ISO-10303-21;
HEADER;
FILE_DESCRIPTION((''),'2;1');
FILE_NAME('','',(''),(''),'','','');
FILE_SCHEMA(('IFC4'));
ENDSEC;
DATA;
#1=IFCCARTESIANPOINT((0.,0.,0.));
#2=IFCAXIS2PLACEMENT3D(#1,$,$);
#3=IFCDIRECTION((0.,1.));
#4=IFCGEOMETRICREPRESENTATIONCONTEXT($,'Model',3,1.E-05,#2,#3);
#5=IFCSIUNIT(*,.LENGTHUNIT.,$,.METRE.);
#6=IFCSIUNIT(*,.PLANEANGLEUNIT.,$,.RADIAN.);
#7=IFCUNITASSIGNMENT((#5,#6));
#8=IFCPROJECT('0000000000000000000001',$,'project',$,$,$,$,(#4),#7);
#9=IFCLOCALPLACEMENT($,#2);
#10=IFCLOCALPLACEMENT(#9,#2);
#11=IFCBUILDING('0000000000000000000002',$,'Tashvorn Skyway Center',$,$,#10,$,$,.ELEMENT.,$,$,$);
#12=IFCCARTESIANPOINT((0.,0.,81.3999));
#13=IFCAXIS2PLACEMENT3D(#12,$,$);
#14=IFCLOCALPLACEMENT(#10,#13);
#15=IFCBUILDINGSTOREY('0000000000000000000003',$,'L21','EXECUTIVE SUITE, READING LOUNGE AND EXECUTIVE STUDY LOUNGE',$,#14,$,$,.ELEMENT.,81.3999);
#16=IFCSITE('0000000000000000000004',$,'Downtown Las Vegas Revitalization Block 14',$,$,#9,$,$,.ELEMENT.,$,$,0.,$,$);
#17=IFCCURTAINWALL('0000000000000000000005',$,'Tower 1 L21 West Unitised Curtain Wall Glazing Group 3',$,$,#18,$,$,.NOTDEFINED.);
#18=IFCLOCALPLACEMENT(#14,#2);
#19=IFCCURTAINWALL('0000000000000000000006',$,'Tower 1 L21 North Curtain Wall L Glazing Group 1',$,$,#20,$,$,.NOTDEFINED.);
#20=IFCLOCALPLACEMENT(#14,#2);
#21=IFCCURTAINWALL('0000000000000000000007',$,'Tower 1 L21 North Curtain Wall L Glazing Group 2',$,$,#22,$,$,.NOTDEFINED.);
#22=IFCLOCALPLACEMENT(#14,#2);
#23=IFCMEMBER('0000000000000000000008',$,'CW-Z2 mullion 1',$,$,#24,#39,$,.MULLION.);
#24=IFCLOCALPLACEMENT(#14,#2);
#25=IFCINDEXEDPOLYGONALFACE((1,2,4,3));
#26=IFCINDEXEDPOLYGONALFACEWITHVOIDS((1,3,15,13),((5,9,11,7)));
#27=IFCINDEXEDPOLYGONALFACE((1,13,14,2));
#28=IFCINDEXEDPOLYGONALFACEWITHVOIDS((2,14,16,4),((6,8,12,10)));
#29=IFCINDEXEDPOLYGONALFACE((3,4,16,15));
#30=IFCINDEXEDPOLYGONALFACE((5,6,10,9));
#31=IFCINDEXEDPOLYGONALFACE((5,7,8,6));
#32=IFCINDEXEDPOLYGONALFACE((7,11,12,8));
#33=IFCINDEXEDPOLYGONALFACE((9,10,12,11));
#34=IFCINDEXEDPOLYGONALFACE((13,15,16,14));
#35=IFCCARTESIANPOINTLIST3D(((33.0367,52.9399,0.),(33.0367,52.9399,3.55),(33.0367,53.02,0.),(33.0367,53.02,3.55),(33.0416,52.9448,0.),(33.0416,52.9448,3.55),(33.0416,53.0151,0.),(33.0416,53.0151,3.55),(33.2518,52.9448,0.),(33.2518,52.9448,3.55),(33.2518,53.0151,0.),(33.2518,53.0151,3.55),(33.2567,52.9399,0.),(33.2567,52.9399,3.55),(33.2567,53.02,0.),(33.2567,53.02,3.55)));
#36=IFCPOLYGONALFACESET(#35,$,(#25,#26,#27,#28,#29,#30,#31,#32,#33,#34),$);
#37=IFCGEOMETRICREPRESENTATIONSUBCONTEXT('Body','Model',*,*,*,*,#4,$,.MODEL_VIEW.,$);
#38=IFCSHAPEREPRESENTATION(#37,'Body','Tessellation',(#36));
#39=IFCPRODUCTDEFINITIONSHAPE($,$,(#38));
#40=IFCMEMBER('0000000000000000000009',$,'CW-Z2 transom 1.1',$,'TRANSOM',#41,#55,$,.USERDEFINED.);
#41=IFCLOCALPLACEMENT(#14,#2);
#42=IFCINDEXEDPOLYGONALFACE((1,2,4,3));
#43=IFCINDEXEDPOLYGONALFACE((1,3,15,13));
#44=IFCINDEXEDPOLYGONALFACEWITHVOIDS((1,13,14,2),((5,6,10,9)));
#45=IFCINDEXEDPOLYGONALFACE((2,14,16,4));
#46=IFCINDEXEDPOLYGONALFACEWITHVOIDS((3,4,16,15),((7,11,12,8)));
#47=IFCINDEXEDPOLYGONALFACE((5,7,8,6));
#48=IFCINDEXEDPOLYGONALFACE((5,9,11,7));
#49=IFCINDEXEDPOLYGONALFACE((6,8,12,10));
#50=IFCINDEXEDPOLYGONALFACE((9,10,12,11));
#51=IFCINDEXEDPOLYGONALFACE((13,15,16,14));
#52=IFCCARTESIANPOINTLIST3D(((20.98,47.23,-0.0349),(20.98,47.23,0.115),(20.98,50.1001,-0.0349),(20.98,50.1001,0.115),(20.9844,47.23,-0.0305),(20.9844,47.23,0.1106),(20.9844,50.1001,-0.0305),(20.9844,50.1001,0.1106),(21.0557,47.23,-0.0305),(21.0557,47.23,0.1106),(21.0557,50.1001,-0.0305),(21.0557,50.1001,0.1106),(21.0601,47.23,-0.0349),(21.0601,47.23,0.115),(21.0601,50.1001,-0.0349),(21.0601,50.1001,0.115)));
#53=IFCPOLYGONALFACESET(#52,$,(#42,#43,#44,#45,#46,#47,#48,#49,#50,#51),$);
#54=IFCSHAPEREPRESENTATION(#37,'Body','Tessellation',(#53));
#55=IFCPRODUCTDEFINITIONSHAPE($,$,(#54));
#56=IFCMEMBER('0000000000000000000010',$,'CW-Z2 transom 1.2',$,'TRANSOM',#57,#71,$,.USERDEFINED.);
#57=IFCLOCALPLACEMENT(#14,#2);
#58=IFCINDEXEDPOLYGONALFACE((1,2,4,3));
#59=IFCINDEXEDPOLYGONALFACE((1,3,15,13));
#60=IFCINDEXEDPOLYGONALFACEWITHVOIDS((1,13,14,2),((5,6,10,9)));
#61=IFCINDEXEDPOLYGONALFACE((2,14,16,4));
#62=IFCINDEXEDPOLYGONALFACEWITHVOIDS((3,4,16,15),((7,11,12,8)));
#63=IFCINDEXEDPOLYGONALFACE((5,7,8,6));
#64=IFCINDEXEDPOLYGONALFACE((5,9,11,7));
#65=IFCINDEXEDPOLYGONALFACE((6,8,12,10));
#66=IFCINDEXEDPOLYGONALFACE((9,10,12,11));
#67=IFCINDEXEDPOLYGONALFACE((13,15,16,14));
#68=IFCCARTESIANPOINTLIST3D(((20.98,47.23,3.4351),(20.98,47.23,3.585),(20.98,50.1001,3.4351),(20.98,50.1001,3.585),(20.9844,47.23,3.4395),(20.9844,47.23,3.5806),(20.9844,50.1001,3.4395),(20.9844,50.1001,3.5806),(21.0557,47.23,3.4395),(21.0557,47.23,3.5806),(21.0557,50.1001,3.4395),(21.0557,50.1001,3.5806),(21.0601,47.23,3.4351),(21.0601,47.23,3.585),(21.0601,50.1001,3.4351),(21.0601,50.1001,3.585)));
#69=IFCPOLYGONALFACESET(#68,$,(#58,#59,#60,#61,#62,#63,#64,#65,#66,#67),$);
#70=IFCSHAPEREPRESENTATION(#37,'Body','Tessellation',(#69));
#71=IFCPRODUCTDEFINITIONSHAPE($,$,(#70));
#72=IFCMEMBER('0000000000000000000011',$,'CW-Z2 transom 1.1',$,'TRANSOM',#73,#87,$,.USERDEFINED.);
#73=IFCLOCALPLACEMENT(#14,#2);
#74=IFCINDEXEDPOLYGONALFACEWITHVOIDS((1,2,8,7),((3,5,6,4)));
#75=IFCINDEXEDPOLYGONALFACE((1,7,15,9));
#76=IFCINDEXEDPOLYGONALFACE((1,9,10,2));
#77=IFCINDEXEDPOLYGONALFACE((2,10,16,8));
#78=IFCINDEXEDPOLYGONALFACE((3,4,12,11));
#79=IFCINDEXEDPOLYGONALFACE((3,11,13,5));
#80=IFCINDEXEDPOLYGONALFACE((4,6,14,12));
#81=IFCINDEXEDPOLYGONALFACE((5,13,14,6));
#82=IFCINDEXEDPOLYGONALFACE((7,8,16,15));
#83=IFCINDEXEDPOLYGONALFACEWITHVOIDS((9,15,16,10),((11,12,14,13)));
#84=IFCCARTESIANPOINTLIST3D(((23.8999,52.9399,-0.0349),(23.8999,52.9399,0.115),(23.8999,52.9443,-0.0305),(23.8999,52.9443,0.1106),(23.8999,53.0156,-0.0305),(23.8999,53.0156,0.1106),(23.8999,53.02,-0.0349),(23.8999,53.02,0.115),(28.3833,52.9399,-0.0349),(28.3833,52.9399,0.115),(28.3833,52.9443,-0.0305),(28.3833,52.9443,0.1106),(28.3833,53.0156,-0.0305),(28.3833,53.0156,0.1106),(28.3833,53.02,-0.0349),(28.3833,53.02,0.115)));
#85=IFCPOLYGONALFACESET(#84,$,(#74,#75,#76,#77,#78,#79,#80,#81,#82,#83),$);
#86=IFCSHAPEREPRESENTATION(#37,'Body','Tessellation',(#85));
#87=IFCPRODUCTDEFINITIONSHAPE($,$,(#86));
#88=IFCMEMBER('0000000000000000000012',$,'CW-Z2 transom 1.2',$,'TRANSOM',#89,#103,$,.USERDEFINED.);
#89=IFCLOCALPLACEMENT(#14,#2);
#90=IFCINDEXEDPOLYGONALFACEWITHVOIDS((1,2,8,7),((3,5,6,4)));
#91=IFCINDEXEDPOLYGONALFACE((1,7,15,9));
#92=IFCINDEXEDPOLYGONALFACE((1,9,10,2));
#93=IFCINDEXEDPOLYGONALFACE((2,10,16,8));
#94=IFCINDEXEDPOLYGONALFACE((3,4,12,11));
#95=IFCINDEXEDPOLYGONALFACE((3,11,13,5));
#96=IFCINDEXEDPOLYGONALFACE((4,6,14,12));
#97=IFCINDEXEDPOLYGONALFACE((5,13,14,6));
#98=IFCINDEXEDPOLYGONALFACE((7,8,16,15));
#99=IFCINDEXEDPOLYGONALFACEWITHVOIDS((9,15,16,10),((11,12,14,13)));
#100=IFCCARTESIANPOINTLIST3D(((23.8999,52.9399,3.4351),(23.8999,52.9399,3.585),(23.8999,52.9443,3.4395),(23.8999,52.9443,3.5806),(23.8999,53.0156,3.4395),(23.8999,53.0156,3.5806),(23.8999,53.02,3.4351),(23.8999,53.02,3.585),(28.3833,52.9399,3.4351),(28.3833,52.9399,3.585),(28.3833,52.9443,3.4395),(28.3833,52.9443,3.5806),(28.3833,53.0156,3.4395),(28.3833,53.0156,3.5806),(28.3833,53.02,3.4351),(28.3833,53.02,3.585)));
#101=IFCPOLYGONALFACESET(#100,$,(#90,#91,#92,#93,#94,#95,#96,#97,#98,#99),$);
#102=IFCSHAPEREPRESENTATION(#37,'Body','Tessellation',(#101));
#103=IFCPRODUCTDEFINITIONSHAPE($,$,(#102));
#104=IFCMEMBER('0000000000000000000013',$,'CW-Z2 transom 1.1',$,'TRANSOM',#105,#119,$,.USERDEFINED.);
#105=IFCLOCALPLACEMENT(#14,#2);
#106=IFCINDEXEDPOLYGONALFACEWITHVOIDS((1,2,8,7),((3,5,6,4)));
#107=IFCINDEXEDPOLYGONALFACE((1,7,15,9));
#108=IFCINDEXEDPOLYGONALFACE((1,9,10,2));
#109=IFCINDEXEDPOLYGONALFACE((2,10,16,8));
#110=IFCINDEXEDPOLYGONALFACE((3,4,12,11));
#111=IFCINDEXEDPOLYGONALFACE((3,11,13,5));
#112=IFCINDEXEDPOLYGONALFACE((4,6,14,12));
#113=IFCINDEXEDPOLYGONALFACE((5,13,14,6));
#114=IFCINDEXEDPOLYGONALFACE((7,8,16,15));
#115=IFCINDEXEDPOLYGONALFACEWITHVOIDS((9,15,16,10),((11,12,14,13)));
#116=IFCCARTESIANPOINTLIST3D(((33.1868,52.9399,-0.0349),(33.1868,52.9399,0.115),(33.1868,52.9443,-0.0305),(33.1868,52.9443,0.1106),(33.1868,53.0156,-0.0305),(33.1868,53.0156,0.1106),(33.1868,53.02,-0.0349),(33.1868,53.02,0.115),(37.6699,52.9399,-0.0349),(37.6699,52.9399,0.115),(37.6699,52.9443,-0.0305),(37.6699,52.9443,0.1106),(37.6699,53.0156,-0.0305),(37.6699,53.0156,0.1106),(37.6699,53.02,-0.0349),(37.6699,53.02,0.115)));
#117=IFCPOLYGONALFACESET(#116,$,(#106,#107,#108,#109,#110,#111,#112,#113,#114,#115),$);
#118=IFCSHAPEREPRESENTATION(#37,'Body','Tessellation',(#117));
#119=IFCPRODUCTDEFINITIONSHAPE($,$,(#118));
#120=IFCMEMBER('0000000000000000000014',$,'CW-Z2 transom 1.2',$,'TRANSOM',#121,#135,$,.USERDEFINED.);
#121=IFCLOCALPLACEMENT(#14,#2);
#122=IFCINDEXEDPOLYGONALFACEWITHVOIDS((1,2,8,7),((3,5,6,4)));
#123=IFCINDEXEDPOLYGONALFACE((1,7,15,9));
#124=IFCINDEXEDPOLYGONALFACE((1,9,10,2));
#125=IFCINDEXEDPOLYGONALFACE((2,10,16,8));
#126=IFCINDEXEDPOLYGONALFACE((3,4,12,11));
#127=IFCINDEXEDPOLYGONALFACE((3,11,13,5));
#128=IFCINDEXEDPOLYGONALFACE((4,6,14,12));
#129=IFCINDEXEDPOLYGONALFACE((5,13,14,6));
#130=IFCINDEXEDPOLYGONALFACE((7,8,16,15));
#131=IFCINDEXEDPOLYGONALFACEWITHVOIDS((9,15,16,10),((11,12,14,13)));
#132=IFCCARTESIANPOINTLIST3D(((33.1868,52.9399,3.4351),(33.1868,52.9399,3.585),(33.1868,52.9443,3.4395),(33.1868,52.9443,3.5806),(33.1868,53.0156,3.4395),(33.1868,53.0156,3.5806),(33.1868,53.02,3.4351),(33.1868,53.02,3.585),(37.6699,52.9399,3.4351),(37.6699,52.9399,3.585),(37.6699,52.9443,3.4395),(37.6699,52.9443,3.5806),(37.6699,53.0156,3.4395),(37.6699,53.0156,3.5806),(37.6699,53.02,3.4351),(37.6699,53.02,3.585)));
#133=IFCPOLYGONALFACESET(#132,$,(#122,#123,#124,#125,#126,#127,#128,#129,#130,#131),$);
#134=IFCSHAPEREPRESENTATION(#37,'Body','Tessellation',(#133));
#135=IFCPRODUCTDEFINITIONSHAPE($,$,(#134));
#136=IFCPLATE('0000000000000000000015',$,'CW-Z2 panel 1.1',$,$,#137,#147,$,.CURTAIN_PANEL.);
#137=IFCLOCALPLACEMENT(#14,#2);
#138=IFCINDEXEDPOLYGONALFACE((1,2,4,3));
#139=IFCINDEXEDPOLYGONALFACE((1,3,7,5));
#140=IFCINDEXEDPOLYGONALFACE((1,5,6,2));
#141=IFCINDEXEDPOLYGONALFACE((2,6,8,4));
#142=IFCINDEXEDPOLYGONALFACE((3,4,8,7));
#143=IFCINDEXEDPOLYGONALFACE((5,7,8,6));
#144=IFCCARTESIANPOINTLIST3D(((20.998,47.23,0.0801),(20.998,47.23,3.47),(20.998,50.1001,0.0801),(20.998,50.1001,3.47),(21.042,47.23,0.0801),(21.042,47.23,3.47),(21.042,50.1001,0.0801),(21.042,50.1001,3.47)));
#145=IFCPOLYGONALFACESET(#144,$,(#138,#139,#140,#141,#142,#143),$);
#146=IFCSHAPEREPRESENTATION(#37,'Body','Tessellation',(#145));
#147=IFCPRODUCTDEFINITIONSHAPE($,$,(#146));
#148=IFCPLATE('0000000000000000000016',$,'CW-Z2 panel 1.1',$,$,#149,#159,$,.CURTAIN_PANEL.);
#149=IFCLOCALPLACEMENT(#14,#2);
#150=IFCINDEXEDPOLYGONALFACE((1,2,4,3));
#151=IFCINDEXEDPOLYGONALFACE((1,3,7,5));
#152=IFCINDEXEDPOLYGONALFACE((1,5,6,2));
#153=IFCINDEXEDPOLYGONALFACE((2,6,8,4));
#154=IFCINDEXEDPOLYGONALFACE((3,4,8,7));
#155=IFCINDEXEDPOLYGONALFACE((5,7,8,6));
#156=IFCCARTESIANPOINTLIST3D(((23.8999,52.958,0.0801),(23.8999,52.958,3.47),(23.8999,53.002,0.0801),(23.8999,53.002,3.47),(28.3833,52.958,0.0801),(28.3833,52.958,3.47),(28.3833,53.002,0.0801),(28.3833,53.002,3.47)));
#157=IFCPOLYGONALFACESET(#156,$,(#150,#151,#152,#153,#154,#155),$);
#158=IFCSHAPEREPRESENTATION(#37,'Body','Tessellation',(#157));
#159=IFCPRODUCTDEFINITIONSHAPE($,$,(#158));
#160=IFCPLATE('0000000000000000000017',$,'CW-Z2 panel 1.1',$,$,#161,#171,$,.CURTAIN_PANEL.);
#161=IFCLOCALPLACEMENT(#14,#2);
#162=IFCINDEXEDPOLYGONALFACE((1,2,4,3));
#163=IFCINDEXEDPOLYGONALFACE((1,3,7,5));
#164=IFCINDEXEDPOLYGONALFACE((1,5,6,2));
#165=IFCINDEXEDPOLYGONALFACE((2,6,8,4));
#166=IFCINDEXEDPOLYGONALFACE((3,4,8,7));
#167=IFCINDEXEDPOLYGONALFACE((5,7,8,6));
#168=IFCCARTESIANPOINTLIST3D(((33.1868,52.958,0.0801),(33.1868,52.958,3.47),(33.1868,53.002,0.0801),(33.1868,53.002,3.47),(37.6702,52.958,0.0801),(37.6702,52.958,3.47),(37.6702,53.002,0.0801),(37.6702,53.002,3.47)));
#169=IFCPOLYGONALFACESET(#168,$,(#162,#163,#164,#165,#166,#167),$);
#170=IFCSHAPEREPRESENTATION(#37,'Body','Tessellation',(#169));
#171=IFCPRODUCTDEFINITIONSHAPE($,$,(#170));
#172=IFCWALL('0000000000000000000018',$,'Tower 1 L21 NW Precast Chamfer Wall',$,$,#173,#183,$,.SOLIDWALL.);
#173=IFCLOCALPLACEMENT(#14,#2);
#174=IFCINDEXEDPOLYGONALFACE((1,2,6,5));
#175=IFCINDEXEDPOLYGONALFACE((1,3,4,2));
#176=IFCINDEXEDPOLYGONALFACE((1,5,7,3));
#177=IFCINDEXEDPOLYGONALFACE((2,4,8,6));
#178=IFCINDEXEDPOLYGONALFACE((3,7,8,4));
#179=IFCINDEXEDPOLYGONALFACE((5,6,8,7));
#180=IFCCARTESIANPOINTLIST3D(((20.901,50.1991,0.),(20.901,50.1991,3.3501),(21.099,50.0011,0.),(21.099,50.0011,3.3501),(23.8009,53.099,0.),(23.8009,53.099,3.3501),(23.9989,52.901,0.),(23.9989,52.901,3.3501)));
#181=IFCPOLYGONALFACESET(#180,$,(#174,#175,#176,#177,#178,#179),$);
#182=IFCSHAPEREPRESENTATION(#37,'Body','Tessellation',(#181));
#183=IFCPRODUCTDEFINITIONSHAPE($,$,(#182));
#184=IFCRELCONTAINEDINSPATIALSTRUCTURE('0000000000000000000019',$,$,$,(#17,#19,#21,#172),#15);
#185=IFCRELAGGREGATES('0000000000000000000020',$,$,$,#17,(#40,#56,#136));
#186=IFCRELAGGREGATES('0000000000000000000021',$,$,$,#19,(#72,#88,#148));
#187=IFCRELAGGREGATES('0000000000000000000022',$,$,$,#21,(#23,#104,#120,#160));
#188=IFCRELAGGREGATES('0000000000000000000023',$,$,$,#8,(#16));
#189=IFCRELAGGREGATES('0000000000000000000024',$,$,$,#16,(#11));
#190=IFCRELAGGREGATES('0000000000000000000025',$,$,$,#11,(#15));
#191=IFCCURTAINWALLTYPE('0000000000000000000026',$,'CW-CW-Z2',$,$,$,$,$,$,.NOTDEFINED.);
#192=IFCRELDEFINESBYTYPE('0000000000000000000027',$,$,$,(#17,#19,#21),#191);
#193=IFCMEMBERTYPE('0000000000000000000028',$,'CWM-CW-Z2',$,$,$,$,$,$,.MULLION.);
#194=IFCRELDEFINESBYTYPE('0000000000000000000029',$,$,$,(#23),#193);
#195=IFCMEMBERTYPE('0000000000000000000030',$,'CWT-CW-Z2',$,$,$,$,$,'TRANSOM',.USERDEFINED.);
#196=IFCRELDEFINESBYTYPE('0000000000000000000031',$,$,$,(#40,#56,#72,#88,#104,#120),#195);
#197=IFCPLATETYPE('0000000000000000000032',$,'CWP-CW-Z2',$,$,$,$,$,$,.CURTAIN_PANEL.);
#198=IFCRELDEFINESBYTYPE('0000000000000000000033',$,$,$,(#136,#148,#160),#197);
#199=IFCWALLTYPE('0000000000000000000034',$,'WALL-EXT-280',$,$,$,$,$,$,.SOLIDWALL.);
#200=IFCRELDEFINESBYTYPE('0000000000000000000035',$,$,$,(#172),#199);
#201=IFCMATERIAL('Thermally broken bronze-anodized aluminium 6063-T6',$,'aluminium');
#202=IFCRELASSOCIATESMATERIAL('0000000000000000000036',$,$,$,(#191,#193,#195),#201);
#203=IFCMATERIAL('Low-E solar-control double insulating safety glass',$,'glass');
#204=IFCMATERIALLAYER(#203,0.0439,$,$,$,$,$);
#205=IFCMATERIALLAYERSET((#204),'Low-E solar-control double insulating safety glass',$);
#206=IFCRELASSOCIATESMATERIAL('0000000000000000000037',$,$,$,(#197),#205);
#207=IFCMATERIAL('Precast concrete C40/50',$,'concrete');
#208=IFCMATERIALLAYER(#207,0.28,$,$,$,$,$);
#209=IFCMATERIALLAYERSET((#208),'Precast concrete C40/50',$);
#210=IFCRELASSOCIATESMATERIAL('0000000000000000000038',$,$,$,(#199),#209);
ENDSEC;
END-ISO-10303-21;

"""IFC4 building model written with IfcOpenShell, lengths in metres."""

from ifc_helpers import new_model, si_unit, direction, frame, frame_2d, origin, origin_2d, place, context, subcontext, project, spatial, rectangle, hollow_rectangle, extrude, material, layer, layer_set, material_profile, profile_set, type_object, element, aggregate, save


model = new_model("IFC4")

# Units and contexts
model_context = context("Model", 3, precision=1e-05, world=origin(), true_north=direction((0.0, 1.0)))
body_context = subcontext(model_context, "Body", "Model", "MODEL_VIEW")
ifc_project = project(units=[si_unit("LENGTHUNIT", "METRE"), si_unit("PLANEANGLEUNIT", "RADIAN")], contexts=[model_context])

# Site, building, storey
site_placement = place(None, origin())
site = spatial("IfcSite", under=ifc_project, at=site_placement, Name="Downtown Las Vegas Revitalization Block 14", CompositionType="ELEMENT", RefElevation=0.0)
building_placement = place(site_placement, origin())
building = spatial("IfcBuilding", under=site, at=building_placement, Name="Tashvorn Skyway Center", CompositionType="ELEMENT")
storey_placement = place(building_placement, frame((0.0, 0.0, 81.3999)))
storey = spatial("IfcBuildingStorey", under=building, at=storey_placement, Name="L21", Description="EXECUTIVE SUITE, READING LOUNGE AND EXECUTIVE STUDY LOUNGE", CompositionType="ELEMENT", Elevation=81.3999)

# Shared definitions
ifc_material_1 = material(Name="Thermally broken bronze-anodized aluminium 6063-T6", Category="aluminium")
curtain_wall_type = type_object("IfcCurtainWallType", Name="CW-CW-Z2", PredefinedType="NOTDEFINED", material=ifc_material_1)
ifc_material_profile_1 = material_profile(ifc_material_1, hollow_rectangle(XDim=0.0801, YDim=0.22, WallThickness=0.0049, at=origin_2d()), Name="ALU-MULL-80x220")
ifc_profile_set_1 = profile_set([ifc_material_profile_1], Name="Thermally broken bronze-anodized aluminium 6063-T6")
member_type_1 = type_object("IfcMemberType", Name="CWM-CW-Z2", PredefinedType="MULLION", material=ifc_profile_set_1)

# Curtain walls
curtain_wall_1_placement = place(storey_placement, origin())
curtain_wall_1 = element("IfcCurtainWall", 1, at=curtain_wall_1_placement, inside=storey, type_object=curtain_wall_type, Name="Tower 1 L21 West Unitised Curtain Wall Glazing Group 3", PredefinedType="NOTDEFINED")
curtain_wall_2_placement = place(storey_placement, origin())
curtain_wall_2 = element("IfcCurtainWall", 2, at=curtain_wall_2_placement, inside=storey, type_object=curtain_wall_type, Name="Tower 1 L21 North Curtain Wall L Glazing Group 1", PredefinedType="NOTDEFINED")

# Curtain wall, member
curtain_wall_3_placement = place(storey_placement, origin())
curtain_wall_3 = element("IfcCurtainWall", 3, at=curtain_wall_3_placement, inside=storey, type_object=curtain_wall_type, Name="Tower 1 L21 North Curtain Wall L Glazing Group 2", PredefinedType="NOTDEFINED")
member_1_placement = place(storey_placement, frame((33.1467, 52.98, 0.0), z_axis=(0.0, 0.0, 1.0), x_axis=(0.0, 1.0, 0.0)))
member_1 = element("IfcMember", 4, at=member_1_placement, type_object=member_type_1, Name="CW-Z2 mullion 1", PredefinedType="MULLION", context=body_context, shape_type="SweptSolid", body=[
    extrude(hollow_rectangle(XDim=0.0801, YDim=0.22, WallThickness=0.0049, at=origin_2d()), origin(), (0.0, 0.0, 1.0), 3.55),
])

# Members
ifc_material_profile_2 = material_profile(ifc_material_1, hollow_rectangle(XDim=0.0801, YDim=0.1499, WallThickness=0.0044, at=origin_2d()), Name="ALU-TRAN-80x150")
ifc_profile_set_2 = profile_set([ifc_material_profile_2], Name="Thermally broken bronze-anodized aluminium 6063-T6")
member_type_2 = type_object("IfcMemberType", Name="CWT-CW-Z2", ElementType="TRANSOM", PredefinedType="USERDEFINED", material=ifc_profile_set_2)
member_2_placement = place(storey_placement, frame((21.02, 47.23, 0.04), z_axis=(0.0, 1.0, 0.0), x_axis=(-1.0, 0.0, 0.0)))
member_2 = element("IfcMember", 5, at=member_2_placement, type_object=member_type_2, Name="CW-Z2 transom 1.1", ObjectType="TRANSOM", PredefinedType="USERDEFINED", context=body_context, shape_type="SweptSolid", body=[
    extrude(hollow_rectangle(XDim=0.0801, YDim=0.1499, WallThickness=0.0044, at=origin_2d()), origin(), (0.0, 0.0, 1.0), 2.8701),
])
member_3_placement = place(storey_placement, frame((21.02, 47.23, 3.51), z_axis=(0.0, 1.0, 0.0), x_axis=(-1.0, 0.0, 0.0)))
member_3 = element("IfcMember", 6, at=member_3_placement, type_object=member_type_2, Name="CW-Z2 transom 1.2", ObjectType="TRANSOM", PredefinedType="USERDEFINED", context=body_context, shape_type="SweptSolid", body=[
    extrude(hollow_rectangle(XDim=0.0801, YDim=0.1499, WallThickness=0.0044, at=origin_2d()), origin(), (0.0, 0.0, 1.0), 2.8701),
])
member_4_placement = place(storey_placement, frame((23.8999, 52.98, 0.04), z_axis=(1.0, 0.0, 0.0), x_axis=(0.0, 1.0, 0.0)))
member_4 = element("IfcMember", 7, at=member_4_placement, type_object=member_type_2, Name="CW-Z2 transom 1.1", ObjectType="TRANSOM", PredefinedType="USERDEFINED", context=body_context, shape_type="SweptSolid", body=[
    extrude(hollow_rectangle(XDim=0.0801, YDim=0.1499, WallThickness=0.0044, at=origin_2d()), origin(), (0.0, 0.0, 1.0), 4.4834),
])
member_5_placement = place(storey_placement, frame((23.8999, 52.98, 3.51), z_axis=(1.0, 0.0, 0.0), x_axis=(0.0, 1.0, 0.0)))
member_5 = element("IfcMember", 8, at=member_5_placement, type_object=member_type_2, Name="CW-Z2 transom 1.2", ObjectType="TRANSOM", PredefinedType="USERDEFINED", context=body_context, shape_type="SweptSolid", body=[
    extrude(hollow_rectangle(XDim=0.0801, YDim=0.1499, WallThickness=0.0044, at=origin_2d()), origin(), (0.0, 0.0, 1.0), 4.4834),
])
member_6_placement = place(storey_placement, frame((33.1868, 52.98, 0.04), z_axis=(1.0, 0.0, 0.0), x_axis=(0.0, 1.0, 0.0)))
member_6 = element("IfcMember", 9, at=member_6_placement, type_object=member_type_2, Name="CW-Z2 transom 1.1", ObjectType="TRANSOM", PredefinedType="USERDEFINED", context=body_context, shape_type="SweptSolid", body=[
    extrude(hollow_rectangle(XDim=0.0801, YDim=0.1499, WallThickness=0.0044, at=origin_2d()), origin(), (0.0, 0.0, 1.0), 4.4832),
])
member_7_placement = place(storey_placement, frame((33.1868, 52.98, 3.51), z_axis=(1.0, 0.0, 0.0), x_axis=(0.0, 1.0, 0.0)))
member_7 = element("IfcMember", 10, at=member_7_placement, type_object=member_type_2, Name="CW-Z2 transom 1.2", ObjectType="TRANSOM", PredefinedType="USERDEFINED", context=body_context, shape_type="SweptSolid", body=[
    extrude(hollow_rectangle(XDim=0.0801, YDim=0.1499, WallThickness=0.0044, at=origin_2d()), origin(), (0.0, 0.0, 1.0), 4.4832),
])

# Plates
ifc_material_2 = material(Name="Low-E solar-control double insulating safety glass", Category="glass")
ifc_layer_1 = layer(ifc_material_2, 0.0439)
ifc_layer_set_1 = layer_set([ifc_layer_1], Name="Low-E solar-control double insulating safety glass")
plate_type = type_object("IfcPlateType", Name="CWP-CW-Z2", PredefinedType="CURTAIN_PANEL", material=ifc_layer_set_1)
plate_1_placement = place(storey_placement, frame((21.02, 48.665, 0.0801), z_axis=(0.0, 0.0, 1.0), x_axis=(0.0, 1.0, 0.0)))
plate_1 = element("IfcPlate", 11, at=plate_1_placement, type_object=plate_type, Name="CW-Z2 panel 1.1", PredefinedType="CURTAIN_PANEL", context=body_context, shape_type="SweptSolid", body=[
    extrude(rectangle(XDim=2.8701, YDim=0.0439, at=origin_2d()), origin(), (0.0, 0.0, 1.0), 3.3899),
])
aggregate(curtain_wall_1, [member_2, member_3, plate_1])
plate_2_placement = place(storey_placement, frame((26.1416, 52.98, 0.0801), z_axis=(0.0, 0.0, 1.0), x_axis=(1.0, 0.0, 0.0)))
plate_2 = element("IfcPlate", 12, at=plate_2_placement, type_object=plate_type, Name="CW-Z2 panel 1.1", PredefinedType="CURTAIN_PANEL", context=body_context, shape_type="SweptSolid", body=[
    extrude(rectangle(XDim=4.4834, YDim=0.0439, at=origin_2d()), origin(), (0.0, 0.0, 1.0), 3.3899),
])
aggregate(curtain_wall_2, [member_4, member_5, plate_2])
plate_3_placement = place(storey_placement, frame((35.4285, 52.98, 0.0801), z_axis=(0.0, 0.0, 1.0), x_axis=(1.0, 0.0, 0.0)))
plate_3 = element("IfcPlate", 13, at=plate_3_placement, type_object=plate_type, Name="CW-Z2 panel 1.1", PredefinedType="CURTAIN_PANEL", context=body_context, shape_type="SweptSolid", body=[
    extrude(rectangle(XDim=4.4834, YDim=0.0439, at=origin_2d()), origin(), (0.0, 0.0, 1.0), 3.3899),
])
aggregate(curtain_wall_3, [member_1, member_6, member_7, plate_3])

# Wall
ifc_material_3 = material(Name="Precast concrete C40/50", Category="concrete")
ifc_layer_2 = layer(ifc_material_3, 0.28)
ifc_layer_set_2 = layer_set([ifc_layer_2], Name="Precast concrete C40/50")
wall_type_1 = type_object("IfcWallType", Name="WALL-EXT-280", PredefinedType="SOLIDWALL", material=ifc_layer_set_2)
wall_1_placement = place(storey_placement, frame((21.0, 50.1001, 0.0), z_axis=(0.0, 0.0, 1.0), x_axis=(0.707107, 0.707107, 0.0)))
element("IfcWall", 14, at=wall_1_placement, inside=storey, type_object=wall_type_1, Name="Tower 1 L21 NW Precast Chamfer Wall", PredefinedType="SOLIDWALL", context=body_context, shape_type="SweptSolid", body=[
    extrude(rectangle(XDim=4.1011, YDim=0.28, at=frame_2d((2.0505, 0.0))), origin(), (0.0, 0.0, 1.0), 3.3501),
])

save(model, "model.ifc")
